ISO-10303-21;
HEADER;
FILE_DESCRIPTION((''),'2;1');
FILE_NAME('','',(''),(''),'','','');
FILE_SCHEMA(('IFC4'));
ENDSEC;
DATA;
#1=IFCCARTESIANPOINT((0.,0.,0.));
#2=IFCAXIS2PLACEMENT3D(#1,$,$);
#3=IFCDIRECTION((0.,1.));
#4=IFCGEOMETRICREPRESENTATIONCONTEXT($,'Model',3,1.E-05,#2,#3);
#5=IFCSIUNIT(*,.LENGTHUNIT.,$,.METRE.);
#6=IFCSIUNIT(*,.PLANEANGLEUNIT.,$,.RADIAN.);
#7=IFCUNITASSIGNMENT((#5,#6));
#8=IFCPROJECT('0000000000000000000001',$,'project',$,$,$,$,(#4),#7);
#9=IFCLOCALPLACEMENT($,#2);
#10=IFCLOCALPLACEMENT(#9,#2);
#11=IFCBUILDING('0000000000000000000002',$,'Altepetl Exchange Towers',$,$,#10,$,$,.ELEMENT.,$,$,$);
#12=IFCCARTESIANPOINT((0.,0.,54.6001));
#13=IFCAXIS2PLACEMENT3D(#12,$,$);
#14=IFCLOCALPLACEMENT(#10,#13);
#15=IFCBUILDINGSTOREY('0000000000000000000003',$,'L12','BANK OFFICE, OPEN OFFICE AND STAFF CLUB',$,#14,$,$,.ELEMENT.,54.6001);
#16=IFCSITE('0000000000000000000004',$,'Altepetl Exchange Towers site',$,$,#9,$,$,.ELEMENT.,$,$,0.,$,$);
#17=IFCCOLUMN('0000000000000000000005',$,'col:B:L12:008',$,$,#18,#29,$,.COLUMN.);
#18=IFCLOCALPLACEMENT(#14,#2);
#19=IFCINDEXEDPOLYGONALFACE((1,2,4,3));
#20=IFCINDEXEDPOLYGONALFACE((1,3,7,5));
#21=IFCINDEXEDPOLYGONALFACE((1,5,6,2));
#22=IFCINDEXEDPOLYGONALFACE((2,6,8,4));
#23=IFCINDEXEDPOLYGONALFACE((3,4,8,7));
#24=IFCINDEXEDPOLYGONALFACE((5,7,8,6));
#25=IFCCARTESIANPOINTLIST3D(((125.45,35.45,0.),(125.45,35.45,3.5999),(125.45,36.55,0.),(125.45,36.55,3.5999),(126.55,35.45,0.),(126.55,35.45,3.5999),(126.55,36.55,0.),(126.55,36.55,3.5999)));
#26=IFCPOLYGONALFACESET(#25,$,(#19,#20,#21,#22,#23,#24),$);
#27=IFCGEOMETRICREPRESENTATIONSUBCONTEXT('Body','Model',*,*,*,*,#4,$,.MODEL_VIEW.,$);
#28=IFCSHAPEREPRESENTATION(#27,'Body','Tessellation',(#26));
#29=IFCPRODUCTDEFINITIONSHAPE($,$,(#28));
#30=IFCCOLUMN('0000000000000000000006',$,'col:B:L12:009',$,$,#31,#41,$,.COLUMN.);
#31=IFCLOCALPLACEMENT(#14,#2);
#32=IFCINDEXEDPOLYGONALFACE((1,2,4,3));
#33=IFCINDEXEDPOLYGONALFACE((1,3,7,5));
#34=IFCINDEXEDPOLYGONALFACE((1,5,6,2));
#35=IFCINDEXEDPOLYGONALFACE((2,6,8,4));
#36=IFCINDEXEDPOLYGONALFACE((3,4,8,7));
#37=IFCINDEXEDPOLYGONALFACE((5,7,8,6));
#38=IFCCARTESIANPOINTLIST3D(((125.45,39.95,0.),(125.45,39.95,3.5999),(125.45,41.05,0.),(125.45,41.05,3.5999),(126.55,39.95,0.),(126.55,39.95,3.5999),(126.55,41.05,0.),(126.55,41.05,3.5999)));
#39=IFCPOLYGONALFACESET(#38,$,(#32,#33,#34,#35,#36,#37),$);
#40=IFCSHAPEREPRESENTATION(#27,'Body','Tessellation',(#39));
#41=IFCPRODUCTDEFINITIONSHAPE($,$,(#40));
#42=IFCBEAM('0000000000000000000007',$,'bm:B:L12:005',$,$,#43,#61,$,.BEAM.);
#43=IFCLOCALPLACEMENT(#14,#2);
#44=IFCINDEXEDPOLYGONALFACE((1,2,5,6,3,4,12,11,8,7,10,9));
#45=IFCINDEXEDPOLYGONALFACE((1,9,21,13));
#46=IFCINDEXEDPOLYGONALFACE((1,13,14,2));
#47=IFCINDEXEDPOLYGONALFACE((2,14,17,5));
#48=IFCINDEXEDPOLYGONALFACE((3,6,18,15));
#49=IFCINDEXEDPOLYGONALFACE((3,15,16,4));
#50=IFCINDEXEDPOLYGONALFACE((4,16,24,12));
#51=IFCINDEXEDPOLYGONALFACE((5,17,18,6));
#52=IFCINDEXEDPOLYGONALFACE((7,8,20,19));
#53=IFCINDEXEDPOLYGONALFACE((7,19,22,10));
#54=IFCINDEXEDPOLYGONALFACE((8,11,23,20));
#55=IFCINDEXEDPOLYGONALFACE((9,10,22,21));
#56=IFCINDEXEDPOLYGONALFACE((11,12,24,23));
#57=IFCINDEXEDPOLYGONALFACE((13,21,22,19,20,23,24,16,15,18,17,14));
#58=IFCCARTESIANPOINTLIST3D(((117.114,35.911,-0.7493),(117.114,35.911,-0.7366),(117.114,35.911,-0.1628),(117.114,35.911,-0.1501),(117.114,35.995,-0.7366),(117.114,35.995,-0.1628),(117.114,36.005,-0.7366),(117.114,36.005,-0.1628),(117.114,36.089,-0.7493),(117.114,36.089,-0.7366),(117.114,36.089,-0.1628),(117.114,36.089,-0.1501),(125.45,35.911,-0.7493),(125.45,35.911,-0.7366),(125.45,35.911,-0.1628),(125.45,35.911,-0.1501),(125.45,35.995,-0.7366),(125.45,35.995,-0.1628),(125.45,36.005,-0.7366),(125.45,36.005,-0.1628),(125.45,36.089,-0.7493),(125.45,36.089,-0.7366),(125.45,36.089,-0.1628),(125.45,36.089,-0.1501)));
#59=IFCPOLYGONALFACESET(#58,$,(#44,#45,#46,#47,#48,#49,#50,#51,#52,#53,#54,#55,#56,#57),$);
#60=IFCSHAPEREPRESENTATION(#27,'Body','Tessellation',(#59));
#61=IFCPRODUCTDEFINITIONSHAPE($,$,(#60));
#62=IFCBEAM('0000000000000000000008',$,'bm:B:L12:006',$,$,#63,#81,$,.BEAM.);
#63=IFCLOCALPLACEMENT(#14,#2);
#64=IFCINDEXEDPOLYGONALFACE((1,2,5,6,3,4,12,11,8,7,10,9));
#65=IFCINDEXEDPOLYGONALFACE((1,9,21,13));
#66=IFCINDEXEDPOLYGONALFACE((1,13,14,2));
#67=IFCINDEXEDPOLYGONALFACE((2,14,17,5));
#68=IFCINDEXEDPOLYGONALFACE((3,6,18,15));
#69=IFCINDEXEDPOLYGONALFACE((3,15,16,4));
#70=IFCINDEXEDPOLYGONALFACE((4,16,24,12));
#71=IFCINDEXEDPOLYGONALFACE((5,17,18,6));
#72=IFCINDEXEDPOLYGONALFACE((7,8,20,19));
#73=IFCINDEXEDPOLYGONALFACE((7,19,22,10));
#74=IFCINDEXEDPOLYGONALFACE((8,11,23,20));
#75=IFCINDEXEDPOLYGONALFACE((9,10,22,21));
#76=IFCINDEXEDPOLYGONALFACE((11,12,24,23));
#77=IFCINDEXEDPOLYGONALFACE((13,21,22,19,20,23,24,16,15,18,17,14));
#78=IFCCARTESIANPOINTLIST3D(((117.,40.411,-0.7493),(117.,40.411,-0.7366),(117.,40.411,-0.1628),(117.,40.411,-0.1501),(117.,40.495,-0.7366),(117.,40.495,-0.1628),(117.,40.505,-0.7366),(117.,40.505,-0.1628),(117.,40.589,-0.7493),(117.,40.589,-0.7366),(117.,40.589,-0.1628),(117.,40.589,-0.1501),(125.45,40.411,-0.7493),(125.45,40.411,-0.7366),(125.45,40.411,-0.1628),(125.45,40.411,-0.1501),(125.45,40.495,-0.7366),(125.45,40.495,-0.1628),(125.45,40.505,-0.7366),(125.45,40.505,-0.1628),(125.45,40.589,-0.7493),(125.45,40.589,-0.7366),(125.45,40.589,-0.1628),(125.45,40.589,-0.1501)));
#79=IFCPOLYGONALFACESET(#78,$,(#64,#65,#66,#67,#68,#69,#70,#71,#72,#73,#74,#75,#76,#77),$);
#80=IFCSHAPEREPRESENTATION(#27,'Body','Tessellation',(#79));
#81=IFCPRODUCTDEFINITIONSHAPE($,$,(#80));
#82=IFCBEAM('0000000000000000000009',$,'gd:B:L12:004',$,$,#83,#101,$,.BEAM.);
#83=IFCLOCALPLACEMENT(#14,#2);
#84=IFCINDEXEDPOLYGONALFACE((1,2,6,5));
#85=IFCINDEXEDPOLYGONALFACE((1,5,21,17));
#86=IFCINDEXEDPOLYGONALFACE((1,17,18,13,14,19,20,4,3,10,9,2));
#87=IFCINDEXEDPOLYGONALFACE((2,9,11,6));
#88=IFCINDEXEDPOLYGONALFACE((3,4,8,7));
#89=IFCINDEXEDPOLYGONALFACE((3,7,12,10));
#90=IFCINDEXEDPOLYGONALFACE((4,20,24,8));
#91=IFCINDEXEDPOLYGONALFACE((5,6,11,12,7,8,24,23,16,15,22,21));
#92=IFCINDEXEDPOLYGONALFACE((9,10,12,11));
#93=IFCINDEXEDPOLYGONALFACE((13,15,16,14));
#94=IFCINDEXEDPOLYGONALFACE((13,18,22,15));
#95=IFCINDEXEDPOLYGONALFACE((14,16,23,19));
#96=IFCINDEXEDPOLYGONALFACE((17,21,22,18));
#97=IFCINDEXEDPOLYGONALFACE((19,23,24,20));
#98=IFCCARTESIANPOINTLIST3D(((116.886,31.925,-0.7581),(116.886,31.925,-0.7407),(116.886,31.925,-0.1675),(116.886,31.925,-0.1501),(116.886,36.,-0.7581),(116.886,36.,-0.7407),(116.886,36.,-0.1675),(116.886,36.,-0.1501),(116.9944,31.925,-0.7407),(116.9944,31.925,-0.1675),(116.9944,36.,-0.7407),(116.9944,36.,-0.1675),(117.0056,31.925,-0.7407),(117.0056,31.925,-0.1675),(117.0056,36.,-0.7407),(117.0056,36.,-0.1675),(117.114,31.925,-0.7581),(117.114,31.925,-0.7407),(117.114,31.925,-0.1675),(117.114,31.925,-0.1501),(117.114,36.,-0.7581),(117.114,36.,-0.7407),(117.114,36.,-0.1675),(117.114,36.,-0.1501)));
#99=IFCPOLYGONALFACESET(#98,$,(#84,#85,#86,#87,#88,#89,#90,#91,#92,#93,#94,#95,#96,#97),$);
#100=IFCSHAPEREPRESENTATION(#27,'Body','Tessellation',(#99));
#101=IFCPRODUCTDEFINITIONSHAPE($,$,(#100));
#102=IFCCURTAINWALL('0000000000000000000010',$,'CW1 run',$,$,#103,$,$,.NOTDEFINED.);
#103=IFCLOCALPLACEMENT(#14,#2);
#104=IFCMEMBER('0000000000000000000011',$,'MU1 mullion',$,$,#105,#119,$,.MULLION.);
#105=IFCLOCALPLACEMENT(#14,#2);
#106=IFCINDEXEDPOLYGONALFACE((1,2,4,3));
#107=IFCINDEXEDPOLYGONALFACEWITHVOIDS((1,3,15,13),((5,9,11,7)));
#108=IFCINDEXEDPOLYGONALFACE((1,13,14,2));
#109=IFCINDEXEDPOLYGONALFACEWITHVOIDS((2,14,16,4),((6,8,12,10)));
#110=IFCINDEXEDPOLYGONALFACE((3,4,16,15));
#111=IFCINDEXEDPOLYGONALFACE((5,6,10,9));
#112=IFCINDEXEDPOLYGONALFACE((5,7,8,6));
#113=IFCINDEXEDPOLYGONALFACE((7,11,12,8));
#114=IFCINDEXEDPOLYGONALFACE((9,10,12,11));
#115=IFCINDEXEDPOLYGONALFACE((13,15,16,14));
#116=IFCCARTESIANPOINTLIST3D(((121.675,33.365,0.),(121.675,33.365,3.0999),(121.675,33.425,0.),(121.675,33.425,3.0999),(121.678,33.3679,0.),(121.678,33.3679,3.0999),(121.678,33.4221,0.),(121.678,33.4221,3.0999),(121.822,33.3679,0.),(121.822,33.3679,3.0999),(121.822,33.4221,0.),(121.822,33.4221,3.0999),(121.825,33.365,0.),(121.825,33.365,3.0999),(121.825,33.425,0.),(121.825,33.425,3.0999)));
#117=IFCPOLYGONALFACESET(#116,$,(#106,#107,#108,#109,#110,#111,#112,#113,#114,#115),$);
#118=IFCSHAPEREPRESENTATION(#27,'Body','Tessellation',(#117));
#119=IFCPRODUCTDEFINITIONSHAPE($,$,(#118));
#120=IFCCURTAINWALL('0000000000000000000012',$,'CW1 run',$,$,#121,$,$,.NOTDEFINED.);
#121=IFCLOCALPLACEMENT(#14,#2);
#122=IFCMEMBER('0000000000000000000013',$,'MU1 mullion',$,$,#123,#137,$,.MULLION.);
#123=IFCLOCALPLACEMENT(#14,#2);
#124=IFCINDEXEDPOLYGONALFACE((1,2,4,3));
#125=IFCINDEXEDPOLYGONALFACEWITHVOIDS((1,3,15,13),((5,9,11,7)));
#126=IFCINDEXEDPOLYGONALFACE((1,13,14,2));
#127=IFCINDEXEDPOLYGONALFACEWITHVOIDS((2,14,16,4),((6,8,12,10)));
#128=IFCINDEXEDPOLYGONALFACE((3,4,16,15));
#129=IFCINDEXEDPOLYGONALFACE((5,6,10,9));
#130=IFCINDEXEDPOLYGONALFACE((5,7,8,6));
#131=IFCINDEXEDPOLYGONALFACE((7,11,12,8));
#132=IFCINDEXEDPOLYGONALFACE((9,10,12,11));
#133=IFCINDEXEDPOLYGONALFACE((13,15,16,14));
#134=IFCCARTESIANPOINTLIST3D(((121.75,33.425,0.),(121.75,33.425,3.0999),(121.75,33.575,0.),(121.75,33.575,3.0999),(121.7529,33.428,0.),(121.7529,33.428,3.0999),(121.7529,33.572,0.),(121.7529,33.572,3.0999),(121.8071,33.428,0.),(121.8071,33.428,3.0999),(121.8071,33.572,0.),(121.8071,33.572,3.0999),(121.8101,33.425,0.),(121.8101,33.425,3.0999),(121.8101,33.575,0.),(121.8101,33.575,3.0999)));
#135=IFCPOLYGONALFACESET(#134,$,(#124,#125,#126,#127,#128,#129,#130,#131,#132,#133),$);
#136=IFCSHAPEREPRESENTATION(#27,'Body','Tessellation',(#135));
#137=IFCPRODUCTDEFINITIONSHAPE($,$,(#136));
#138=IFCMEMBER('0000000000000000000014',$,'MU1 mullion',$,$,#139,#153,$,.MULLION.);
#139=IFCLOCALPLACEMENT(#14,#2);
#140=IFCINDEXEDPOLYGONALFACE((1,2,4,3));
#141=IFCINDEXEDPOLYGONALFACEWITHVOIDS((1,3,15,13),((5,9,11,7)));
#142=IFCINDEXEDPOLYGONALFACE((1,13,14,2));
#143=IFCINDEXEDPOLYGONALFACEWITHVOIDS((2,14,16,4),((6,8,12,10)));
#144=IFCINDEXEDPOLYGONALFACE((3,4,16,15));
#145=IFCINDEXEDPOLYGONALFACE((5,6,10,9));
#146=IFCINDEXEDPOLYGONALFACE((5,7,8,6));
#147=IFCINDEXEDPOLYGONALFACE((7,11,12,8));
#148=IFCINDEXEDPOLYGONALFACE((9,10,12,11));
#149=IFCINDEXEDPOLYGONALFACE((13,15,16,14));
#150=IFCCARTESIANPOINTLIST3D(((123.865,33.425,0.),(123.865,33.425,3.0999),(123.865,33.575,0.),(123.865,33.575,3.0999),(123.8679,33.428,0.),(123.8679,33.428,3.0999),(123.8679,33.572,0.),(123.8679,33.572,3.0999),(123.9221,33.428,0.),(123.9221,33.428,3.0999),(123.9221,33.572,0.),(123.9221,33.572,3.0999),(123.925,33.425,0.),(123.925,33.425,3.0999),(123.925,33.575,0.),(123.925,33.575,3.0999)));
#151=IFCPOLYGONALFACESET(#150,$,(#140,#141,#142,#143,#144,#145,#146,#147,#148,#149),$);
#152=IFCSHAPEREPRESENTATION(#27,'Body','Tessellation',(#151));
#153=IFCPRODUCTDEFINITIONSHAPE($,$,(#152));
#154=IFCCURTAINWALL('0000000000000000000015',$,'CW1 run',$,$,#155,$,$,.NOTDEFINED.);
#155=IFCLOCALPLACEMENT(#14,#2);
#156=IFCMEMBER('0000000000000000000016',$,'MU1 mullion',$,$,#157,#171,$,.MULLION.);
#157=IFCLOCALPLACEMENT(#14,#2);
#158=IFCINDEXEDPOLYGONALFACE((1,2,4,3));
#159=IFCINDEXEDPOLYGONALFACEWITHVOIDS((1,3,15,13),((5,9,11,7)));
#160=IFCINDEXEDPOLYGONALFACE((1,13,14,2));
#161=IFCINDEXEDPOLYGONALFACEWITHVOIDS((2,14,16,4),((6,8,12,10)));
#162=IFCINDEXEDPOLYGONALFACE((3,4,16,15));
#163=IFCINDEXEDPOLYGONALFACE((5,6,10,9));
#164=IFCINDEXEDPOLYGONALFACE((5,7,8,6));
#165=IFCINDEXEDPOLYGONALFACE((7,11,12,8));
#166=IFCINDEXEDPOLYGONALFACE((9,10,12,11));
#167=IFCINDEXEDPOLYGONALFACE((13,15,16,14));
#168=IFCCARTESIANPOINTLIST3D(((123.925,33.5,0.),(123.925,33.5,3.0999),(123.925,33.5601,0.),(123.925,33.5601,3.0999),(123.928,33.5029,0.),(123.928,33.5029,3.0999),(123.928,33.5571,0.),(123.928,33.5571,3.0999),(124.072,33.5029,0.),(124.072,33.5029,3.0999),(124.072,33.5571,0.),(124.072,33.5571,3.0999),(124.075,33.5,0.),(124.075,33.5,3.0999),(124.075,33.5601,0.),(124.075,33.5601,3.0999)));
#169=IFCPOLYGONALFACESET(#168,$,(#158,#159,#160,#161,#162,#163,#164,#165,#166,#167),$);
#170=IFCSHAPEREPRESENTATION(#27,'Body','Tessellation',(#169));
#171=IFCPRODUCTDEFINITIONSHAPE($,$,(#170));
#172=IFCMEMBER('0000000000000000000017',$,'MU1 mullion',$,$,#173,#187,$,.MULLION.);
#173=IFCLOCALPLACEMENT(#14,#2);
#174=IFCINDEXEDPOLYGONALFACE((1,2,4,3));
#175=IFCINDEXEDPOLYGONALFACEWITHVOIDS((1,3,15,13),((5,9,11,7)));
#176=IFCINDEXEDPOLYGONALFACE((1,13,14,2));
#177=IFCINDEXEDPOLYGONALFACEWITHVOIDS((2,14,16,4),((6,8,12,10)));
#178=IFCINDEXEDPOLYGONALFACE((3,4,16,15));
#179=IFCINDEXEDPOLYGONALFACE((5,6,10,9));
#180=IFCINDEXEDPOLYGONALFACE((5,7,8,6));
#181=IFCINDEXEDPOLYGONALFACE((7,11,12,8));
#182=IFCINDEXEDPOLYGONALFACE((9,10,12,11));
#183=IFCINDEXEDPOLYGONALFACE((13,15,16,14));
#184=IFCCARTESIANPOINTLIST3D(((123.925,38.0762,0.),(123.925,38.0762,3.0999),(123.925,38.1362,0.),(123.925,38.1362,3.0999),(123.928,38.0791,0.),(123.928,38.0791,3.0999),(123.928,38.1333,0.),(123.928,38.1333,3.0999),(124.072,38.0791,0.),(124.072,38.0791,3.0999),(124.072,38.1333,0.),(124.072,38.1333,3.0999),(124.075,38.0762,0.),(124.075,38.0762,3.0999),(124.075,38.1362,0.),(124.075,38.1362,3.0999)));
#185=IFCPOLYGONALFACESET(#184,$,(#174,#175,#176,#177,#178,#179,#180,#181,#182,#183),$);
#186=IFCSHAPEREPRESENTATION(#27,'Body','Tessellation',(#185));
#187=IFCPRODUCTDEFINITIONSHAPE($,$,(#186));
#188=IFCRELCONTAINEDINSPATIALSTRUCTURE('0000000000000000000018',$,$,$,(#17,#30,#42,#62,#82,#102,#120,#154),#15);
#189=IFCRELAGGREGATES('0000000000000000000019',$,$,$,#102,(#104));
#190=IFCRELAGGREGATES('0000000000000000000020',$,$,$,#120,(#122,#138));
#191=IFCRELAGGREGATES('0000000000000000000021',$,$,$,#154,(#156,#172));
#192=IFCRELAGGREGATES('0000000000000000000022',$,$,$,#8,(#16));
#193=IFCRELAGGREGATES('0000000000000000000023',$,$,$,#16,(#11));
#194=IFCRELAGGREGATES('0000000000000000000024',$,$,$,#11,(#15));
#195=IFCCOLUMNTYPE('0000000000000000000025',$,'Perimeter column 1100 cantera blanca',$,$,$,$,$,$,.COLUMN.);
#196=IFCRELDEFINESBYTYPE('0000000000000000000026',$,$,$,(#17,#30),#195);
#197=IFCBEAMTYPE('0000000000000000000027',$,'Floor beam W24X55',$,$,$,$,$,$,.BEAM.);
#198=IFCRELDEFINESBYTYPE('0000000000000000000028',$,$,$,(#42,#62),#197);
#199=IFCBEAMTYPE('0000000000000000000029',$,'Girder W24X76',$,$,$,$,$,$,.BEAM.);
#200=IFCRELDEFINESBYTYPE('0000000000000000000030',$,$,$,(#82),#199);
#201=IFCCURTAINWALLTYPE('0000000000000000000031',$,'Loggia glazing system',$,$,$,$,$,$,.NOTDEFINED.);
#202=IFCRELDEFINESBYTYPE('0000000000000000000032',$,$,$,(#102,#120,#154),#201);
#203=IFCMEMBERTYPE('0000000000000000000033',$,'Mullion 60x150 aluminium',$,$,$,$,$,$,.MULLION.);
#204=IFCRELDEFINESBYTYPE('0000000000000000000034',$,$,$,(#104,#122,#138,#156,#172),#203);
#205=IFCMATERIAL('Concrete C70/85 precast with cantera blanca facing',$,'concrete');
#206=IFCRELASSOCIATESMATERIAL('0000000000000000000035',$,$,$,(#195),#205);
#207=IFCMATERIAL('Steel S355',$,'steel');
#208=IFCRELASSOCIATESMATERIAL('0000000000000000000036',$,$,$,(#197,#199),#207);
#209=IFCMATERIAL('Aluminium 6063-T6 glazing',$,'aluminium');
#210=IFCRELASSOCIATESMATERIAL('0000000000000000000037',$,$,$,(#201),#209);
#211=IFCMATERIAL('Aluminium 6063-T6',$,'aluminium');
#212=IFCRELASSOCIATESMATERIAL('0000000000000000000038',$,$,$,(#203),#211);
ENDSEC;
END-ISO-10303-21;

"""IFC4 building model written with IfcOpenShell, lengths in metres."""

from ifc_helpers import new_model, si_unit, direction, frame, origin, origin_2d, place, context, subcontext, project, spatial, rectangle, hollow_rectangle, i_section, extrude, material, material_profile, profile_set, type_object, element, aggregate, save


model = new_model("IFC4")

# Units and contexts
model_context = context("Model", 3, precision=1e-05, world=origin(), true_north=direction((0.0, 1.0)))
body_context = subcontext(model_context, "Body", "Model", "MODEL_VIEW")
ifc_project = project(units=[si_unit("LENGTHUNIT", "METRE"), si_unit("PLANEANGLEUNIT", "RADIAN")], contexts=[model_context])

# Site, building, storey
site_placement = place(None, origin())
site = spatial("IfcSite", under=ifc_project, at=site_placement, Name="Altepetl Exchange Towers site", CompositionType="ELEMENT", RefElevation=0.0)
building_placement = place(site_placement, origin())
building = spatial("IfcBuilding", under=site, at=building_placement, Name="Altepetl Exchange Towers", CompositionType="ELEMENT")
storey_placement = place(building_placement, frame((0.0, 0.0, 54.6001)))
storey = spatial("IfcBuildingStorey", under=building, at=storey_placement, Name="L12", Description="BANK OFFICE, OPEN OFFICE AND STAFF CLUB", CompositionType="ELEMENT", Elevation=54.6001)

# Columns
ifc_material_1 = material(Name="Concrete C70/85 precast with cantera blanca facing", Category="concrete")
ifc_material_profile_1 = material_profile(ifc_material_1, rectangle(XDim=1.1001, YDim=1.1001, at=origin_2d()), Name="1100 x 1100")
ifc_profile_set_1 = profile_set([ifc_material_profile_1], Name="Concrete C70/85 precast with cantera blanca facing")
column_type = type_object("IfcColumnType", Name="Perimeter column 1100 cantera blanca", PredefinedType="COLUMN", material=ifc_profile_set_1)
for number, where, name in (
    (1, (126.0, 36.0, 0.0), "col:B:L12:008"),
    (2, (126.0, 40.5, 0.0), "col:B:L12:009"),
):
    element("IfcColumn", number, at=place(storey_placement, frame(where)), inside=storey, type_object=column_type, Name=name, PredefinedType="COLUMN", context=body_context, shape_type="SweptSolid", body=[
        extrude(rectangle(XDim=1.1001, YDim=1.1001, at=origin_2d()), origin(), (0.0, 0.0, 1.0), 3.5999),
    ])

# Beams
ifc_material_2 = material(Name="Steel S355", Category="steel")
ifc_material_profile_2 = material_profile(ifc_material_2, i_section(OverallWidth=0.178, OverallDepth=0.5991, WebThickness=0.01, FlangeThickness=0.0127, at=origin_2d()), Name="W24X55")
ifc_profile_set_2 = profile_set([ifc_material_profile_2], Name="Steel S355")
beam_type_1 = type_object("IfcBeamType", Name="Floor beam W24X55", PredefinedType="BEAM", material=ifc_profile_set_2)
beam_1_placement = place(storey_placement, frame((117.114, 36.0, -0.4497), z_axis=(1.0, 0.0, 0.0), x_axis=(0.0, 1.0, 0.0)))
element("IfcBeam", 3, at=beam_1_placement, inside=storey, type_object=beam_type_1, Name="bm:B:L12:005", PredefinedType="BEAM", context=body_context, shape_type="SweptSolid", body=[
    extrude(i_section(OverallWidth=0.178, OverallDepth=0.5991, WebThickness=0.01, FlangeThickness=0.0127, at=origin_2d()), origin(), (0.0, 0.0, 1.0), 8.3359),
])
beam_2_placement = place(storey_placement, frame((117.0, 40.5, -0.4497), z_axis=(1.0, 0.0, 0.0), x_axis=(0.0, 1.0, 0.0)))
element("IfcBeam", 4, at=beam_2_placement, inside=storey, type_object=beam_type_1, Name="bm:B:L12:006", PredefinedType="BEAM", context=body_context, shape_type="SweptSolid", body=[
    extrude(i_section(OverallWidth=0.178, OverallDepth=0.5991, WebThickness=0.01, FlangeThickness=0.0127, at=origin_2d()), origin(), (0.0, 0.0, 1.0), 8.45),
])
ifc_material_profile_3 = material_profile(ifc_material_2, i_section(OverallWidth=0.228, OverallDepth=0.6079, WebThickness=0.0112, FlangeThickness=0.0173, at=origin_2d()), Name="W24X76")
ifc_profile_set_3 = profile_set([ifc_material_profile_3], Name="Steel S355")
beam_type_2 = type_object("IfcBeamType", Name="Girder W24X76", PredefinedType="BEAM", material=ifc_profile_set_3)
beam_3_placement = place(storey_placement, frame((117.0, 36.0, -0.4541), z_axis=(0.0, -1.0, 0.0), x_axis=(1.0, 0.0, 0.0)))
element("IfcBeam", 5, at=beam_3_placement, inside=storey, type_object=beam_type_2, Name="gd:B:L12:004", PredefinedType="BEAM", context=body_context, shape_type="SweptSolid", body=[
    extrude(i_section(OverallWidth=0.228, OverallDepth=0.6079, WebThickness=0.0112, FlangeThickness=0.0173, at=origin_2d()), origin(), (0.0, 0.0, 1.0), 4.075),
])

# Curtain wall, member
ifc_material_3 = material(Name="Aluminium 6063-T6 glazing", Category="aluminium")
curtain_wall_type = type_object("IfcCurtainWallType", Name="Loggia glazing system", PredefinedType="NOTDEFINED", material=ifc_material_3)
curtain_wall_1_placement = place(storey_placement, origin())
curtain_wall_1 = element("IfcCurtainWall", 6, at=curtain_wall_1_placement, inside=storey, type_object=curtain_wall_type, Name="CW1 run", PredefinedType="NOTDEFINED")
ifc_material_4 = material(Name="Aluminium 6063-T6", Category="aluminium")
ifc_material_profile_4 = material_profile(ifc_material_4, hollow_rectangle(XDim=0.0601, YDim=0.1499, WallThickness=0.0029, at=origin_2d()), Name="Mullion 60x150 aluminium")
ifc_profile_set_4 = profile_set([ifc_material_profile_4], Name="Aluminium 6063-T6")
member_type = type_object("IfcMemberType", Name="Mullion 60x150 aluminium", PredefinedType="MULLION", material=ifc_profile_set_4)
member_1_placement = place(storey_placement, frame((121.75, 33.395, 0.0), z_axis=(0.0, 0.0, 1.0), x_axis=(0.0, 1.0, 0.0)))
member_1 = element("IfcMember", 7, at=member_1_placement, type_object=member_type, Name="MU1 mullion", PredefinedType="MULLION", context=body_context, shape_type="SweptSolid", body=[
    extrude(hollow_rectangle(XDim=0.0601, YDim=0.1499, WallThickness=0.0029, at=origin_2d()), origin(), (0.0, 0.0, 1.0), 3.0999),
])

# Curtain walls, members
curtain_wall_2_placement = place(storey_placement, origin())
curtain_wall_2 = element("IfcCurtainWall", 8, at=curtain_wall_2_placement, inside=storey, type_object=curtain_wall_type, Name="CW1 run", PredefinedType="NOTDEFINED")
member_2_placement = place(storey_placement, frame((121.78, 33.5, 0.0)))
member_2 = element("IfcMember", 9, at=member_2_placement, type_object=member_type, Name="MU1 mullion", PredefinedType="MULLION", context=body_context, shape_type="SweptSolid", body=[
    extrude(hollow_rectangle(XDim=0.0601, YDim=0.1499, WallThickness=0.0029, at=origin_2d()), origin(), (0.0, 0.0, 1.0), 3.0999),
])
member_3_placement = place(storey_placement, frame((123.895, 33.5, 0.0)))
member_3 = element("IfcMember", 10, at=member_3_placement, type_object=member_type, Name="MU1 mullion", PredefinedType="MULLION", context=body_context, shape_type="SweptSolid", body=[
    extrude(hollow_rectangle(XDim=0.0601, YDim=0.1499, WallThickness=0.0029, at=origin_2d()), origin(), (0.0, 0.0, 1.0), 3.0999),
])
curtain_wall_3_placement = place(storey_placement, origin())
curtain_wall_3 = element("IfcCurtainWall", 11, at=curtain_wall_3_placement, inside=storey, type_object=curtain_wall_type, Name="CW1 run", PredefinedType="NOTDEFINED")
member_4_placement = place(storey_placement, frame((124.0, 33.53, 0.0), z_axis=(0.0, 0.0, 1.0), x_axis=(0.0, 1.0, 0.0)))
member_4 = element("IfcMember", 12, at=member_4_placement, type_object=member_type, Name="MU1 mullion", PredefinedType="MULLION", context=body_context, shape_type="SweptSolid", body=[
    extrude(hollow_rectangle(XDim=0.0601, YDim=0.1499, WallThickness=0.0029, at=origin_2d()), origin(), (0.0, 0.0, 1.0), 3.0999),
])
member_5_placement = place(storey_placement, frame((124.0, 38.1062, 0.0), z_axis=(0.0, 0.0, 1.0), x_axis=(0.0, 1.0, 0.0)))
member_5 = element("IfcMember", 13, at=member_5_placement, type_object=member_type, Name="MU1 mullion", PredefinedType="MULLION", context=body_context, shape_type="SweptSolid", body=[
    extrude(hollow_rectangle(XDim=0.0601, YDim=0.1499, WallThickness=0.0029, at=origin_2d()), origin(), (0.0, 0.0, 1.0), 3.0999),
])

aggregate(curtain_wall_1, [member_1])
aggregate(curtain_wall_2, [member_2, member_3])
aggregate(curtain_wall_3, [member_4, member_5])

save(model, "model.ifc")
